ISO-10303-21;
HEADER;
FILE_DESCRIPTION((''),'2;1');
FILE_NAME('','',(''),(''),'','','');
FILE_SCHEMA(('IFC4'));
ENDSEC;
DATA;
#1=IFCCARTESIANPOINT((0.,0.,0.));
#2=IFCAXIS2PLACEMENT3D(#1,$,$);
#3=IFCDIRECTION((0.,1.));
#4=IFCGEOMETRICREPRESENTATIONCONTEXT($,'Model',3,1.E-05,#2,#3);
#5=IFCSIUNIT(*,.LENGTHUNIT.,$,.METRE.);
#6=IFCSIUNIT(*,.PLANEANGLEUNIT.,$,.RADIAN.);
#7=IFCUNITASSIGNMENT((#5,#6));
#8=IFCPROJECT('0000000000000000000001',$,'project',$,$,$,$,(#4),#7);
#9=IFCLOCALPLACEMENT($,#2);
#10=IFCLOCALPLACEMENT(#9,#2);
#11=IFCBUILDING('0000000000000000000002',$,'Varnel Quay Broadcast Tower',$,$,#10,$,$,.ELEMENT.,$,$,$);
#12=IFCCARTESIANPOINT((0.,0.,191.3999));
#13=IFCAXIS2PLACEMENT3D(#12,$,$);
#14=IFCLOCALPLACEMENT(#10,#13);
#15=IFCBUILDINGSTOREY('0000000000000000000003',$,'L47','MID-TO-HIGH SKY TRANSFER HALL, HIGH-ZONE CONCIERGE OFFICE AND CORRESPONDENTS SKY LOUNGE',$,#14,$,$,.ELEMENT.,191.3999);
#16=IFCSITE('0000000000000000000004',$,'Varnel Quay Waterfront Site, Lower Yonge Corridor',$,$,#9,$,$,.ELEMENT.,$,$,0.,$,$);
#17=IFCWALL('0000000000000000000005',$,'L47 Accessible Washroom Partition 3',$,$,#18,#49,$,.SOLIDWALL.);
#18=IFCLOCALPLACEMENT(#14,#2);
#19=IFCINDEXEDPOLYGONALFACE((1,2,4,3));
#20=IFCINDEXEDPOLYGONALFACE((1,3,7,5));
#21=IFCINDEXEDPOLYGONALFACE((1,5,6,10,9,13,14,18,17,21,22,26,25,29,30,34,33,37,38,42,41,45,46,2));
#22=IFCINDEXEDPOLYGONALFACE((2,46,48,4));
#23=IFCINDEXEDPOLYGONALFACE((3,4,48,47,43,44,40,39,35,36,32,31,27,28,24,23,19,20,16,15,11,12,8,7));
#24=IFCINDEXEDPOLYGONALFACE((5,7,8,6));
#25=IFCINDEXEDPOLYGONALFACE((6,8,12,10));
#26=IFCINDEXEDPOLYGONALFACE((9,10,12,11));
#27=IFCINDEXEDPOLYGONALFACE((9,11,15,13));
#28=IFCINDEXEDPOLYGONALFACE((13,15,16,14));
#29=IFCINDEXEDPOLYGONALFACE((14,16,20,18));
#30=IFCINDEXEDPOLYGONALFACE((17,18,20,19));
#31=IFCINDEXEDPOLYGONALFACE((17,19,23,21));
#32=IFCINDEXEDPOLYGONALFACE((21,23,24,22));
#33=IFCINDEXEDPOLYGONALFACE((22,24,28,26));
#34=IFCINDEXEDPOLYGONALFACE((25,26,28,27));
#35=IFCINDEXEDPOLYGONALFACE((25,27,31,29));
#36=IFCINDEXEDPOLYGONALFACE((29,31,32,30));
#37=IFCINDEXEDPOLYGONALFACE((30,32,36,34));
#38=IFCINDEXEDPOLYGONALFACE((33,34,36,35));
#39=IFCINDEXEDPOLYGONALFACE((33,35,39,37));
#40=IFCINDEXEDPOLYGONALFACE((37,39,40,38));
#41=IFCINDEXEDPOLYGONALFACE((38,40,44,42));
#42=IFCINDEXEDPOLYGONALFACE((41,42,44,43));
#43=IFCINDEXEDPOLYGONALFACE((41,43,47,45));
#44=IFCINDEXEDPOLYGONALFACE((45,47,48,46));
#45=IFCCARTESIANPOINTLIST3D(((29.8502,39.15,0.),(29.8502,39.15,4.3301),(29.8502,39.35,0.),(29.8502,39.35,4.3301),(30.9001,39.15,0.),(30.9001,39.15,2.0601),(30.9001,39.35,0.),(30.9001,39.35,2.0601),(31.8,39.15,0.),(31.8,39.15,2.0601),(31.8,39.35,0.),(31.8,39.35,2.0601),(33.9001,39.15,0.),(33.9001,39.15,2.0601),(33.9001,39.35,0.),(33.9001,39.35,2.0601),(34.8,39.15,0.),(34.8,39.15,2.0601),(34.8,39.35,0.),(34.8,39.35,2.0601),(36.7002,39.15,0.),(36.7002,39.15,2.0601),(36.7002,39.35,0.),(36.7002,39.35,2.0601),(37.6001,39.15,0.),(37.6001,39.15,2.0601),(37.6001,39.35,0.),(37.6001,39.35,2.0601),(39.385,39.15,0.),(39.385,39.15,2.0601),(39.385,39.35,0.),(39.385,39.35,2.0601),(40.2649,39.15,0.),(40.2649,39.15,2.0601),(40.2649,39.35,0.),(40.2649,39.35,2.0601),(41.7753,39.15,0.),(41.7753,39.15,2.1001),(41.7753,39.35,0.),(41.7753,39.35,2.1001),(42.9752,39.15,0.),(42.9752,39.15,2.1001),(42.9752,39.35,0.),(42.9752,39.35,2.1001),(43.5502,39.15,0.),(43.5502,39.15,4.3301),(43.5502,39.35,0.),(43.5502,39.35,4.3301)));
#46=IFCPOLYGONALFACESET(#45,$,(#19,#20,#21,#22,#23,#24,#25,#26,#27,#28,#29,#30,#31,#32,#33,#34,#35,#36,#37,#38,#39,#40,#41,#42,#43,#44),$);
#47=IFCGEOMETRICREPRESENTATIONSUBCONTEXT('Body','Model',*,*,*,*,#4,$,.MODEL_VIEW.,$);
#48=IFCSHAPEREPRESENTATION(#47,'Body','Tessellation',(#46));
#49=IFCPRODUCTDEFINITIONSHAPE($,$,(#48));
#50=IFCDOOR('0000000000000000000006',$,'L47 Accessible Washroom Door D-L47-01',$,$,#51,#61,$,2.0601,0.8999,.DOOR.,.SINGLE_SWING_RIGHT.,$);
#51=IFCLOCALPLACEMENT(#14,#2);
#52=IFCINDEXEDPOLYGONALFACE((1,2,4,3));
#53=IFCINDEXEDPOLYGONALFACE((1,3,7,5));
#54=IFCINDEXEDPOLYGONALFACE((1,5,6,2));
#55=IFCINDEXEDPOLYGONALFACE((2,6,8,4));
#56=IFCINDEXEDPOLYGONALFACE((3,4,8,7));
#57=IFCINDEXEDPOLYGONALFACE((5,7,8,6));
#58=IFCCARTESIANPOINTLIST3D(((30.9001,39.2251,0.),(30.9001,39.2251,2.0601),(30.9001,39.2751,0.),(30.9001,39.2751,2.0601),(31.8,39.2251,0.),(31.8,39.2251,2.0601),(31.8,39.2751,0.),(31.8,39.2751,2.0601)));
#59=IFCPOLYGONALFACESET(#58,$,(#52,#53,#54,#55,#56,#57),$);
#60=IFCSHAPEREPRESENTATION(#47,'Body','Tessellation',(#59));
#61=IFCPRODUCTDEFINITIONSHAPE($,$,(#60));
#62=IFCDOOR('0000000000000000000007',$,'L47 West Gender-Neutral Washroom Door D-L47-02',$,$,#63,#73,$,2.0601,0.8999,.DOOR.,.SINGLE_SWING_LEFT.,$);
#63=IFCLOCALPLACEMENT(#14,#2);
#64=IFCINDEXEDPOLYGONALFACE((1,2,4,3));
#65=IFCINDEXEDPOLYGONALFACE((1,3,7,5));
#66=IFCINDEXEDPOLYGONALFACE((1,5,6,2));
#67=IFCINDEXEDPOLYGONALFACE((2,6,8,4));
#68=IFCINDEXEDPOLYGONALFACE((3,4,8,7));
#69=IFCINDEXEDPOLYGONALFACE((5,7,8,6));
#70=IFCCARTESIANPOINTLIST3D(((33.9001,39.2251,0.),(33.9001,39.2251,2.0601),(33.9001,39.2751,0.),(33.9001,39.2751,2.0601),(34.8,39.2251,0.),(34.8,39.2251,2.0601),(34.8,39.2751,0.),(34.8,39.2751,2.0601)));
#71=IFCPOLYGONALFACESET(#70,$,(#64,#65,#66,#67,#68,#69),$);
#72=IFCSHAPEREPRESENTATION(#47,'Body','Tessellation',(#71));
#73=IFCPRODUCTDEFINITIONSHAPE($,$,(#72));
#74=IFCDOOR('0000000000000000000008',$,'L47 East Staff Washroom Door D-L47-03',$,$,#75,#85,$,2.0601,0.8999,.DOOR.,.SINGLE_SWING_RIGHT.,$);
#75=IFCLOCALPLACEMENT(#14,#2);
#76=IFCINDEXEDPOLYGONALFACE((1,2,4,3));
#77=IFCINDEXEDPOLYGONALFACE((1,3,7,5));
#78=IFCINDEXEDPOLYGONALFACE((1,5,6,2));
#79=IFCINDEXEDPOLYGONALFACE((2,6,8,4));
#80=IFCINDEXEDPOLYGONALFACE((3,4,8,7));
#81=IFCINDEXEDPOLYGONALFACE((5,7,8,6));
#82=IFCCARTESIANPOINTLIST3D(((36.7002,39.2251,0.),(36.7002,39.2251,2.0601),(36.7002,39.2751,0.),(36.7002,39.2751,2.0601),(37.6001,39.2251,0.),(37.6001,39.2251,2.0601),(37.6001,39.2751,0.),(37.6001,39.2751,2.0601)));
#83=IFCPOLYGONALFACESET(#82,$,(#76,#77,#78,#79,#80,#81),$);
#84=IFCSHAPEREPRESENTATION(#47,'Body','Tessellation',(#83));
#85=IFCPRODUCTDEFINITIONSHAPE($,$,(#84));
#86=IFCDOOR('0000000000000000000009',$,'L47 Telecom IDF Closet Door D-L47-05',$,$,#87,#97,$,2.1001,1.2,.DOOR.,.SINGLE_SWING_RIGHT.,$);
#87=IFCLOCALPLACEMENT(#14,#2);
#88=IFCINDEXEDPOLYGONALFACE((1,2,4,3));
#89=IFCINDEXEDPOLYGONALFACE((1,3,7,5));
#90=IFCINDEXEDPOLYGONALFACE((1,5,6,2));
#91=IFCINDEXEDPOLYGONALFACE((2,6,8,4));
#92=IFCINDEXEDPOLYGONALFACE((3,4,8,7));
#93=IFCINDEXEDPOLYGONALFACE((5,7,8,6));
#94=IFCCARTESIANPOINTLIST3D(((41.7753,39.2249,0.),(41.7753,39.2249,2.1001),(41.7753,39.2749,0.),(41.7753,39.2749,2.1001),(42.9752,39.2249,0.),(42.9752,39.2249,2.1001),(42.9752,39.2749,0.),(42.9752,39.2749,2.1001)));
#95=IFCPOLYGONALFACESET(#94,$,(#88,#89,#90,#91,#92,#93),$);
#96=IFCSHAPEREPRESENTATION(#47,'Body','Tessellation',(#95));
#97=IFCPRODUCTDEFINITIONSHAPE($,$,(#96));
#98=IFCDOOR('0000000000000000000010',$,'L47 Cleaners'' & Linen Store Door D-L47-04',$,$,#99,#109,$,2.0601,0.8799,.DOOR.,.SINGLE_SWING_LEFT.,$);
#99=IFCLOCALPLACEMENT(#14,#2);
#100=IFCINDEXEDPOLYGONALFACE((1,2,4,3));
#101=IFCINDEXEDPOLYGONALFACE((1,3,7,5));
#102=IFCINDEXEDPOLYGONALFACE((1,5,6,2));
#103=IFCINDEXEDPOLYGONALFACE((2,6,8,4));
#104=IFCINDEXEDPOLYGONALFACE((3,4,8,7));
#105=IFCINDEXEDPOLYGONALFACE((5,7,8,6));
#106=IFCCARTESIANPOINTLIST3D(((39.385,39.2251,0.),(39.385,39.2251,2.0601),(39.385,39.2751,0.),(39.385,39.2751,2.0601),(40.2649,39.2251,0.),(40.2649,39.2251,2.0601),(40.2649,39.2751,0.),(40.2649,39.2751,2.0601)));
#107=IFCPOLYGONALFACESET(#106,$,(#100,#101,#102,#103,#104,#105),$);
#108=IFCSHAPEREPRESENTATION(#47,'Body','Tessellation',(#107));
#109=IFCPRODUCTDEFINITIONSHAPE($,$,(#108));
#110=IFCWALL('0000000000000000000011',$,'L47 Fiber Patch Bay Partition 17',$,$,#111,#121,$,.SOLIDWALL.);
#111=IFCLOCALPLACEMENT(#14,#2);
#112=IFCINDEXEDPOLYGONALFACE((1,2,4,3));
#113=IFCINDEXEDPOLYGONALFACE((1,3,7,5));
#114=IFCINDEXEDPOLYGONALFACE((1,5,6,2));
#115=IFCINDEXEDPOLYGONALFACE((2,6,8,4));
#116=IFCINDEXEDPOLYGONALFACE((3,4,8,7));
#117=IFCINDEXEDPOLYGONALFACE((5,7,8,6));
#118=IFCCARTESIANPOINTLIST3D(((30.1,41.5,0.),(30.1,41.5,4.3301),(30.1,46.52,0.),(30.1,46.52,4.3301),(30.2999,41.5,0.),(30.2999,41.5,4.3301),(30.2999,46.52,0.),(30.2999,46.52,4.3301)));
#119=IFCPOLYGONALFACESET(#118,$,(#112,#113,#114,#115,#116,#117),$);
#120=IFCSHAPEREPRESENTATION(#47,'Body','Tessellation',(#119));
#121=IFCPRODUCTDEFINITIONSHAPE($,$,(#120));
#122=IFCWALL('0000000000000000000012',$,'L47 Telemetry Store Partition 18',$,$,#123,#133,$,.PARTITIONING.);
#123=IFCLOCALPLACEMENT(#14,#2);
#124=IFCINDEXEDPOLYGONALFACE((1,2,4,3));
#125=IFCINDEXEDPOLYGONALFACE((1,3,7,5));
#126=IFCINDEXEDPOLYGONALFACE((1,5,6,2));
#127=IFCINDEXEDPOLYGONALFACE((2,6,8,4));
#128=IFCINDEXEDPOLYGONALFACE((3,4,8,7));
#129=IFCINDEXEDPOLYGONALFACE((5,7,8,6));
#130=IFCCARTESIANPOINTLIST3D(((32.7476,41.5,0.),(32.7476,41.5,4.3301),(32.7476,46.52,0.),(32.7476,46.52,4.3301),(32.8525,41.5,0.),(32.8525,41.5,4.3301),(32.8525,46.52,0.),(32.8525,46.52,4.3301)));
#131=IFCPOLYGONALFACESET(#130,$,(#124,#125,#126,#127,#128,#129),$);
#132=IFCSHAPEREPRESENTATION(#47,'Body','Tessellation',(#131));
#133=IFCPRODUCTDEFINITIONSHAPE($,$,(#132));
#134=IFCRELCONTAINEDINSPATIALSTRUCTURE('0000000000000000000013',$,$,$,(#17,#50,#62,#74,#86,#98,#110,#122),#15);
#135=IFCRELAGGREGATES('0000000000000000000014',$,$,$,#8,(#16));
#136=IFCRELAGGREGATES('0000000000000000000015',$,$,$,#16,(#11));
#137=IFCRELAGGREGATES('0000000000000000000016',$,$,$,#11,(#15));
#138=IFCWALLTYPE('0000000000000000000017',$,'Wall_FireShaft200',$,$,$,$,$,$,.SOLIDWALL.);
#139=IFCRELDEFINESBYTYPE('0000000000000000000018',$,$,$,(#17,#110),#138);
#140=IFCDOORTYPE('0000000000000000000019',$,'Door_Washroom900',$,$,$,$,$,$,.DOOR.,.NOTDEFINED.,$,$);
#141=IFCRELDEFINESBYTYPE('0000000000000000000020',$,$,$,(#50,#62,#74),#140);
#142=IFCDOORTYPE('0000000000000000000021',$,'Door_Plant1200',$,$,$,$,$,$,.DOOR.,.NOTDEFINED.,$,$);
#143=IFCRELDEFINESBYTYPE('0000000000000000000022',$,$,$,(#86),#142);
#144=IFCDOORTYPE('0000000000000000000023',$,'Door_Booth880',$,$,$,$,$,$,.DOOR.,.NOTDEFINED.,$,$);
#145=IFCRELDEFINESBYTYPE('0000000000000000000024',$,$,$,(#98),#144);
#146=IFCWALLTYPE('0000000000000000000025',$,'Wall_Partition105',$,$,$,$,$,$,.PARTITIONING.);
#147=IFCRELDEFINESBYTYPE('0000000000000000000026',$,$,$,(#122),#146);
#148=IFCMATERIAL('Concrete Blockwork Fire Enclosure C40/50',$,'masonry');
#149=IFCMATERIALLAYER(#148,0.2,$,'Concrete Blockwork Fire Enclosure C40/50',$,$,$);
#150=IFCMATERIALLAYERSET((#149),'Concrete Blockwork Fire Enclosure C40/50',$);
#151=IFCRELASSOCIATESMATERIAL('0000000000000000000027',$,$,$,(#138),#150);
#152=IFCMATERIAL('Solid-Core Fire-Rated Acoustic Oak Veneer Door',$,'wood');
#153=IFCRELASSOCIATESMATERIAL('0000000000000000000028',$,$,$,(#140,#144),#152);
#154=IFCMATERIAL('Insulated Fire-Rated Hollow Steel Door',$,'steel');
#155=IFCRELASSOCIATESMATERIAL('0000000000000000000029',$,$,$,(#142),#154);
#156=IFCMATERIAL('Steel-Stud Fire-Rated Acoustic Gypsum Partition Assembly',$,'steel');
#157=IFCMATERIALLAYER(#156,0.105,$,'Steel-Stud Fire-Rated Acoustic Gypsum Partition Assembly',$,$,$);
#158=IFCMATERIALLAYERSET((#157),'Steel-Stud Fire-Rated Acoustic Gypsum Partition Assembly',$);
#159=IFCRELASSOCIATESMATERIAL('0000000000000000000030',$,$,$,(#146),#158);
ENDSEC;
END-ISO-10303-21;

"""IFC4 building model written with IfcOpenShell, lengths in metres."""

from ifc_helpers import new_model, si_unit, direction, frame, frame_2d, origin, place, context, subcontext, project, spatial, rectangle, extrude, source, transform, mapped, material, layer, layer_set, type_object, type_shapes, element, fill, save


model = new_model("IFC4")

# Units and contexts
model_context = context("Model", 3, precision=1e-05, world=origin(), true_north=direction((0.0, 1.0)))
body_context = subcontext(model_context, "Body", "Model", "MODEL_VIEW")
ifc_project = project(units=[si_unit("LENGTHUNIT", "METRE"), si_unit("PLANEANGLEUNIT", "RADIAN")], contexts=[model_context])

# Site, building, storey
site_placement = place(None, origin())
site = spatial("IfcSite", under=ifc_project, at=site_placement, Name="Varnel Quay Waterfront Site, Lower Yonge Corridor", CompositionType="ELEMENT", RefElevation=0.0)
building_placement = place(site_placement, origin())
building = spatial("IfcBuilding", under=site, at=building_placement, Name="Varnel Quay Broadcast Tower", CompositionType="ELEMENT")
storey_placement = place(building_placement, frame((0.0, 0.0, 191.3999)))
storey = spatial("IfcBuildingStorey", under=building, at=storey_placement, Name="L47", Description="MID-TO-HIGH SKY TRANSFER HALL, HIGH-ZONE CONCIERGE OFFICE AND CORRESPONDENTS SKY LOUNGE", CompositionType="ELEMENT", Elevation=191.3999)

# Shared definitions
ifc_material_1 = material(Name="Concrete Blockwork Fire Enclosure C40/50", Category="masonry")
ifc_layer_1 = layer(ifc_material_1, 0.2, Name="Concrete Blockwork Fire Enclosure C40/50")
ifc_layer_set_1 = layer_set([ifc_layer_1], Name="Concrete Blockwork Fire Enclosure C40/50")
wall_type_1 = type_object("IfcWallType", Name="Wall_FireShaft200", PredefinedType="SOLIDWALL", material=ifc_layer_set_1)

# Wall, openings, doors
wall_1_placement = place(storey_placement, frame((29.8501, 39.25, 0.0), z_axis=(0.0, 0.0, 1.0), x_axis=(1.0, 0.0, 0.0)))
wall_1 = element("IfcWall", 1, at=wall_1_placement, inside=storey, type_object=wall_type_1, Name="L47 Accessible Washroom Partition 3", PredefinedType="SOLIDWALL", context=body_context, shape_type="SweptSolid", body=[
    extrude(rectangle(XDim=13.7, YDim=0.2, at=frame_2d((6.8501, 0.0))), origin(), (0.0, 0.0, 1.0), 4.3301),
])
opening_1_placement = place(wall_1_placement, frame((1.05, 0.0, 0.0)))
opening_1 = element("IfcOpeningElement", 2, at=opening_1_placement, cuts=wall_1, PredefinedType="OPENING", context=body_context, shape_type="SweptSolid", body=[
    extrude(rectangle(XDim=0.8999, YDim=2.0601, at=frame_2d((0.45, 1.03))), frame((0.0, 0.1099, 0.0), z_axis=(0.0, -1.0, 0.0), x_axis=(1.0, 0.0, 0.0)), (0.0, 0.0, 1.0), 0.22),
])
opening_2_placement = place(wall_1_placement, frame((4.05, 0.0, 0.0)))
opening_2 = element("IfcOpeningElement", 3, at=opening_2_placement, cuts=wall_1, PredefinedType="OPENING", context=body_context, shape_type="SweptSolid", body=[
    extrude(rectangle(XDim=0.8999, YDim=2.0601, at=frame_2d((0.45, 1.03))), frame((0.0, 0.1099, 0.0), z_axis=(0.0, -1.0, 0.0), x_axis=(1.0, 0.0, 0.0)), (0.0, 0.0, 1.0), 0.22),
])
opening_3_placement = place(wall_1_placement, frame((6.8501, 0.0, 0.0)))
opening_3 = element("IfcOpeningElement", 4, at=opening_3_placement, cuts=wall_1, PredefinedType="OPENING", context=body_context, shape_type="SweptSolid", body=[
    extrude(rectangle(XDim=0.8999, YDim=2.0601, at=frame_2d((0.45, 1.03))), frame((0.0, 0.1099, 0.0), z_axis=(0.0, -1.0, 0.0), x_axis=(1.0, 0.0, 0.0)), (0.0, 0.0, 1.0), 0.22),
])
opening_4_placement = place(wall_1_placement, frame((9.5349, 0.0, 0.0)))
opening_4 = element("IfcOpeningElement", 5, at=opening_4_placement, cuts=wall_1, PredefinedType="OPENING", context=body_context, shape_type="SweptSolid", body=[
    extrude(rectangle(XDim=0.8799, YDim=2.0601, at=frame_2d((0.4399, 1.03))), frame((0.0, 0.1099, 0.0), z_axis=(0.0, -1.0, 0.0), x_axis=(1.0, 0.0, 0.0)), (0.0, 0.0, 1.0), 0.22),
])
opening_5_placement = place(wall_1_placement, frame((11.925, 0.0, 0.0)))
opening_5 = element("IfcOpeningElement", 6, at=opening_5_placement, cuts=wall_1, PredefinedType="OPENING", context=body_context, shape_type="SweptSolid", body=[
    extrude(rectangle(XDim=1.2, YDim=2.1001, at=frame_2d((0.6001, 1.05))), frame((0.0, 0.1099, 0.0), z_axis=(0.0, -1.0, 0.0), x_axis=(1.0, 0.0, 0.0)), (0.0, 0.0, 1.0), 0.22),
])
ifc_material_2 = material(Name="Solid-Core Fire-Rated Acoustic Oak Veneer Door", Category="wood")
door_type_1 = type_object("IfcDoorType", Name="Door_Washroom900", OperationType="NOTDEFINED", PredefinedType="DOOR", material=ifc_material_2)
shared_shape_1 = source(origin(), body_context, "Body", "SweptSolid", [
    extrude(rectangle(XDim=0.8999, YDim=2.0601, at=frame_2d((0.45, 1.03))), frame((0.0, 0.0249, 0.0), z_axis=(0.0, -1.0, 0.0), x_axis=(1.0, 0.0, 0.0)), (0.0, 0.0, 1.0), 0.05),
])
type_shapes(door_type_1, [shared_shape_1])
door_1_placement = place(opening_1_placement, frame((0.8999, 0.0, 0.0), z_axis=(0.0, 0.0, 1.0), x_axis=(-1.0, 0.0, 0.0)))
door_1 = element("IfcDoor", 7, at=door_1_placement, inside=storey, type_object=door_type_1, Name="L47 Accessible Washroom Door D-L47-01", OperationType="SINGLE_SWING_RIGHT", OverallHeight=2.0601, OverallWidth=0.8999, PredefinedType="DOOR", context=body_context, shape_type="MappedRepresentation", body=[
    mapped(shared_shape_1, transform((0.0, 0.0, 0.0), x_axis=(1.0, 0.0, 0.0), y_axis=(0.0, 1.0, 0.0), z_axis=(0.0, 0.0, 1.0), scale=1.0)),
])
fill(opening_1, door_1)
door_2_placement = place(opening_2_placement, frame((0.8999, 0.0, 0.0), z_axis=(0.0, 0.0, 1.0), x_axis=(-1.0, 0.0, 0.0)))
door_2 = element("IfcDoor", 8, at=door_2_placement, inside=storey, type_object=door_type_1, Name="L47 West Gender-Neutral Washroom Door D-L47-02", OperationType="SINGLE_SWING_LEFT", OverallHeight=2.0601, OverallWidth=0.8999, PredefinedType="DOOR", context=body_context, shape_type="MappedRepresentation", body=[
    mapped(shared_shape_1, transform((0.0, 0.0, 0.0), x_axis=(1.0, 0.0, 0.0), y_axis=(0.0, 1.0, 0.0), z_axis=(0.0, 0.0, 1.0), scale=1.0)),
])
fill(opening_2, door_2)
door_3_placement = place(opening_3_placement, frame((0.8999, 0.0, 0.0), z_axis=(0.0, 0.0, 1.0), x_axis=(-1.0, 0.0, 0.0)))
door_3 = element("IfcDoor", 9, at=door_3_placement, inside=storey, type_object=door_type_1, Name="L47 East Staff Washroom Door D-L47-03", OperationType="SINGLE_SWING_RIGHT", OverallHeight=2.0601, OverallWidth=0.8999, PredefinedType="DOOR", context=body_context, shape_type="MappedRepresentation", body=[
    mapped(shared_shape_1, transform((0.0, 0.0, 0.0), x_axis=(1.0, 0.0, 0.0), y_axis=(0.0, 1.0, 0.0), z_axis=(0.0, 0.0, 1.0), scale=1.0)),
])
fill(opening_3, door_3)
ifc_material_3 = material(Name="Insulated Fire-Rated Hollow Steel Door", Category="steel")
door_type_2 = type_object("IfcDoorType", Name="Door_Plant1200", OperationType="NOTDEFINED", PredefinedType="DOOR", material=ifc_material_3)
shared_shape_2 = source(origin(), body_context, "Body", "SweptSolid", [
    extrude(rectangle(XDim=1.2, YDim=2.1001, at=frame_2d((0.6001, 1.05))), frame((0.0, 0.0249, 0.0), z_axis=(0.0, -1.0, 0.0), x_axis=(1.0, 0.0, 0.0)), (0.0, 0.0, 1.0), 0.05),
])
type_shapes(door_type_2, [shared_shape_2])
door_4_placement = place(opening_5_placement, origin())
door_4 = element("IfcDoor", 10, at=door_4_placement, inside=storey, type_object=door_type_2, Name="L47 Telecom IDF Closet Door D-L47-05", OperationType="SINGLE_SWING_RIGHT", OverallHeight=2.1001, OverallWidth=1.2, PredefinedType="DOOR", context=body_context, shape_type="MappedRepresentation", body=[
    mapped(shared_shape_2, transform((0.0, 0.0, 0.0), x_axis=(1.0, 0.0, 0.0), y_axis=(0.0, 1.0, 0.0), z_axis=(0.0, 0.0, 1.0), scale=1.0)),
])
fill(opening_5, door_4)
door_type_3 = type_object("IfcDoorType", Name="Door_Booth880", OperationType="NOTDEFINED", PredefinedType="DOOR", material=ifc_material_2)
shared_shape_3 = source(origin(), body_context, "Body", "SweptSolid", [
    extrude(rectangle(XDim=0.8799, YDim=2.0601, at=frame_2d((0.4399, 1.03))), frame((0.0, 0.0249, 0.0), z_axis=(0.0, -1.0, 0.0), x_axis=(1.0, 0.0, 0.0)), (0.0, 0.0, 1.0), 0.05),
])
type_shapes(door_type_3, [shared_shape_3])
door_5_placement = place(opening_4_placement, frame((0.8799, 0.0, 0.0), z_axis=(0.0, 0.0, 1.0), x_axis=(-1.0, 0.0, 0.0)))
door_5 = element("IfcDoor", 11, at=door_5_placement, inside=storey, type_object=door_type_3, Name="L47 Cleaners' & Linen Store Door D-L47-04", OperationType="SINGLE_SWING_LEFT", OverallHeight=2.0601, OverallWidth=0.8799, PredefinedType="DOOR", context=body_context, shape_type="MappedRepresentation", body=[
    mapped(shared_shape_3, transform((0.0, 0.0, 0.0), x_axis=(1.0, 0.0, 0.0), y_axis=(0.0, 1.0, 0.0), z_axis=(0.0, 0.0, 1.0), scale=1.0)),
])
fill(opening_4, door_5)

# Walls
wall_2_placement = place(storey_placement, frame((30.2, 41.5, 0.0), z_axis=(0.0, 0.0, 1.0), x_axis=(0.0, 1.0, 0.0)))
element("IfcWall", 12, at=wall_2_placement, inside=storey, type_object=wall_type_1, Name="L47 Fiber Patch Bay Partition 17", PredefinedType="SOLIDWALL", context=body_context, shape_type="SweptSolid", body=[
    extrude(rectangle(XDim=5.02, YDim=0.2, at=frame_2d((2.51, 0.0))), origin(), (0.0, 0.0, 1.0), 4.3301),
])
ifc_material_4 = material(Name="Steel-Stud Fire-Rated Acoustic Gypsum Partition Assembly", Category="steel")
ifc_layer_2 = layer(ifc_material_4, 0.105, Name="Steel-Stud Fire-Rated Acoustic Gypsum Partition Assembly")
ifc_layer_set_2 = layer_set([ifc_layer_2], Name="Steel-Stud Fire-Rated Acoustic Gypsum Partition Assembly")
wall_type_2 = type_object("IfcWallType", Name="Wall_Partition105", PredefinedType="PARTITIONING", material=ifc_layer_set_2)
wall_3_placement = place(storey_placement, frame((32.8, 41.5, 0.0), z_axis=(0.0, 0.0, 1.0), x_axis=(0.0, 1.0, 0.0)))
element("IfcWall", 13, at=wall_3_placement, inside=storey, type_object=wall_type_2, Name="L47 Telemetry Store Partition 18", PredefinedType="PARTITIONING", context=body_context, shape_type="SweptSolid", body=[
    extrude(rectangle(XDim=5.02, YDim=0.105, at=frame_2d((2.51, 0.0))), origin(), (0.0, 0.0, 1.0), 4.3301),
])

save(model, "model.ifc")
